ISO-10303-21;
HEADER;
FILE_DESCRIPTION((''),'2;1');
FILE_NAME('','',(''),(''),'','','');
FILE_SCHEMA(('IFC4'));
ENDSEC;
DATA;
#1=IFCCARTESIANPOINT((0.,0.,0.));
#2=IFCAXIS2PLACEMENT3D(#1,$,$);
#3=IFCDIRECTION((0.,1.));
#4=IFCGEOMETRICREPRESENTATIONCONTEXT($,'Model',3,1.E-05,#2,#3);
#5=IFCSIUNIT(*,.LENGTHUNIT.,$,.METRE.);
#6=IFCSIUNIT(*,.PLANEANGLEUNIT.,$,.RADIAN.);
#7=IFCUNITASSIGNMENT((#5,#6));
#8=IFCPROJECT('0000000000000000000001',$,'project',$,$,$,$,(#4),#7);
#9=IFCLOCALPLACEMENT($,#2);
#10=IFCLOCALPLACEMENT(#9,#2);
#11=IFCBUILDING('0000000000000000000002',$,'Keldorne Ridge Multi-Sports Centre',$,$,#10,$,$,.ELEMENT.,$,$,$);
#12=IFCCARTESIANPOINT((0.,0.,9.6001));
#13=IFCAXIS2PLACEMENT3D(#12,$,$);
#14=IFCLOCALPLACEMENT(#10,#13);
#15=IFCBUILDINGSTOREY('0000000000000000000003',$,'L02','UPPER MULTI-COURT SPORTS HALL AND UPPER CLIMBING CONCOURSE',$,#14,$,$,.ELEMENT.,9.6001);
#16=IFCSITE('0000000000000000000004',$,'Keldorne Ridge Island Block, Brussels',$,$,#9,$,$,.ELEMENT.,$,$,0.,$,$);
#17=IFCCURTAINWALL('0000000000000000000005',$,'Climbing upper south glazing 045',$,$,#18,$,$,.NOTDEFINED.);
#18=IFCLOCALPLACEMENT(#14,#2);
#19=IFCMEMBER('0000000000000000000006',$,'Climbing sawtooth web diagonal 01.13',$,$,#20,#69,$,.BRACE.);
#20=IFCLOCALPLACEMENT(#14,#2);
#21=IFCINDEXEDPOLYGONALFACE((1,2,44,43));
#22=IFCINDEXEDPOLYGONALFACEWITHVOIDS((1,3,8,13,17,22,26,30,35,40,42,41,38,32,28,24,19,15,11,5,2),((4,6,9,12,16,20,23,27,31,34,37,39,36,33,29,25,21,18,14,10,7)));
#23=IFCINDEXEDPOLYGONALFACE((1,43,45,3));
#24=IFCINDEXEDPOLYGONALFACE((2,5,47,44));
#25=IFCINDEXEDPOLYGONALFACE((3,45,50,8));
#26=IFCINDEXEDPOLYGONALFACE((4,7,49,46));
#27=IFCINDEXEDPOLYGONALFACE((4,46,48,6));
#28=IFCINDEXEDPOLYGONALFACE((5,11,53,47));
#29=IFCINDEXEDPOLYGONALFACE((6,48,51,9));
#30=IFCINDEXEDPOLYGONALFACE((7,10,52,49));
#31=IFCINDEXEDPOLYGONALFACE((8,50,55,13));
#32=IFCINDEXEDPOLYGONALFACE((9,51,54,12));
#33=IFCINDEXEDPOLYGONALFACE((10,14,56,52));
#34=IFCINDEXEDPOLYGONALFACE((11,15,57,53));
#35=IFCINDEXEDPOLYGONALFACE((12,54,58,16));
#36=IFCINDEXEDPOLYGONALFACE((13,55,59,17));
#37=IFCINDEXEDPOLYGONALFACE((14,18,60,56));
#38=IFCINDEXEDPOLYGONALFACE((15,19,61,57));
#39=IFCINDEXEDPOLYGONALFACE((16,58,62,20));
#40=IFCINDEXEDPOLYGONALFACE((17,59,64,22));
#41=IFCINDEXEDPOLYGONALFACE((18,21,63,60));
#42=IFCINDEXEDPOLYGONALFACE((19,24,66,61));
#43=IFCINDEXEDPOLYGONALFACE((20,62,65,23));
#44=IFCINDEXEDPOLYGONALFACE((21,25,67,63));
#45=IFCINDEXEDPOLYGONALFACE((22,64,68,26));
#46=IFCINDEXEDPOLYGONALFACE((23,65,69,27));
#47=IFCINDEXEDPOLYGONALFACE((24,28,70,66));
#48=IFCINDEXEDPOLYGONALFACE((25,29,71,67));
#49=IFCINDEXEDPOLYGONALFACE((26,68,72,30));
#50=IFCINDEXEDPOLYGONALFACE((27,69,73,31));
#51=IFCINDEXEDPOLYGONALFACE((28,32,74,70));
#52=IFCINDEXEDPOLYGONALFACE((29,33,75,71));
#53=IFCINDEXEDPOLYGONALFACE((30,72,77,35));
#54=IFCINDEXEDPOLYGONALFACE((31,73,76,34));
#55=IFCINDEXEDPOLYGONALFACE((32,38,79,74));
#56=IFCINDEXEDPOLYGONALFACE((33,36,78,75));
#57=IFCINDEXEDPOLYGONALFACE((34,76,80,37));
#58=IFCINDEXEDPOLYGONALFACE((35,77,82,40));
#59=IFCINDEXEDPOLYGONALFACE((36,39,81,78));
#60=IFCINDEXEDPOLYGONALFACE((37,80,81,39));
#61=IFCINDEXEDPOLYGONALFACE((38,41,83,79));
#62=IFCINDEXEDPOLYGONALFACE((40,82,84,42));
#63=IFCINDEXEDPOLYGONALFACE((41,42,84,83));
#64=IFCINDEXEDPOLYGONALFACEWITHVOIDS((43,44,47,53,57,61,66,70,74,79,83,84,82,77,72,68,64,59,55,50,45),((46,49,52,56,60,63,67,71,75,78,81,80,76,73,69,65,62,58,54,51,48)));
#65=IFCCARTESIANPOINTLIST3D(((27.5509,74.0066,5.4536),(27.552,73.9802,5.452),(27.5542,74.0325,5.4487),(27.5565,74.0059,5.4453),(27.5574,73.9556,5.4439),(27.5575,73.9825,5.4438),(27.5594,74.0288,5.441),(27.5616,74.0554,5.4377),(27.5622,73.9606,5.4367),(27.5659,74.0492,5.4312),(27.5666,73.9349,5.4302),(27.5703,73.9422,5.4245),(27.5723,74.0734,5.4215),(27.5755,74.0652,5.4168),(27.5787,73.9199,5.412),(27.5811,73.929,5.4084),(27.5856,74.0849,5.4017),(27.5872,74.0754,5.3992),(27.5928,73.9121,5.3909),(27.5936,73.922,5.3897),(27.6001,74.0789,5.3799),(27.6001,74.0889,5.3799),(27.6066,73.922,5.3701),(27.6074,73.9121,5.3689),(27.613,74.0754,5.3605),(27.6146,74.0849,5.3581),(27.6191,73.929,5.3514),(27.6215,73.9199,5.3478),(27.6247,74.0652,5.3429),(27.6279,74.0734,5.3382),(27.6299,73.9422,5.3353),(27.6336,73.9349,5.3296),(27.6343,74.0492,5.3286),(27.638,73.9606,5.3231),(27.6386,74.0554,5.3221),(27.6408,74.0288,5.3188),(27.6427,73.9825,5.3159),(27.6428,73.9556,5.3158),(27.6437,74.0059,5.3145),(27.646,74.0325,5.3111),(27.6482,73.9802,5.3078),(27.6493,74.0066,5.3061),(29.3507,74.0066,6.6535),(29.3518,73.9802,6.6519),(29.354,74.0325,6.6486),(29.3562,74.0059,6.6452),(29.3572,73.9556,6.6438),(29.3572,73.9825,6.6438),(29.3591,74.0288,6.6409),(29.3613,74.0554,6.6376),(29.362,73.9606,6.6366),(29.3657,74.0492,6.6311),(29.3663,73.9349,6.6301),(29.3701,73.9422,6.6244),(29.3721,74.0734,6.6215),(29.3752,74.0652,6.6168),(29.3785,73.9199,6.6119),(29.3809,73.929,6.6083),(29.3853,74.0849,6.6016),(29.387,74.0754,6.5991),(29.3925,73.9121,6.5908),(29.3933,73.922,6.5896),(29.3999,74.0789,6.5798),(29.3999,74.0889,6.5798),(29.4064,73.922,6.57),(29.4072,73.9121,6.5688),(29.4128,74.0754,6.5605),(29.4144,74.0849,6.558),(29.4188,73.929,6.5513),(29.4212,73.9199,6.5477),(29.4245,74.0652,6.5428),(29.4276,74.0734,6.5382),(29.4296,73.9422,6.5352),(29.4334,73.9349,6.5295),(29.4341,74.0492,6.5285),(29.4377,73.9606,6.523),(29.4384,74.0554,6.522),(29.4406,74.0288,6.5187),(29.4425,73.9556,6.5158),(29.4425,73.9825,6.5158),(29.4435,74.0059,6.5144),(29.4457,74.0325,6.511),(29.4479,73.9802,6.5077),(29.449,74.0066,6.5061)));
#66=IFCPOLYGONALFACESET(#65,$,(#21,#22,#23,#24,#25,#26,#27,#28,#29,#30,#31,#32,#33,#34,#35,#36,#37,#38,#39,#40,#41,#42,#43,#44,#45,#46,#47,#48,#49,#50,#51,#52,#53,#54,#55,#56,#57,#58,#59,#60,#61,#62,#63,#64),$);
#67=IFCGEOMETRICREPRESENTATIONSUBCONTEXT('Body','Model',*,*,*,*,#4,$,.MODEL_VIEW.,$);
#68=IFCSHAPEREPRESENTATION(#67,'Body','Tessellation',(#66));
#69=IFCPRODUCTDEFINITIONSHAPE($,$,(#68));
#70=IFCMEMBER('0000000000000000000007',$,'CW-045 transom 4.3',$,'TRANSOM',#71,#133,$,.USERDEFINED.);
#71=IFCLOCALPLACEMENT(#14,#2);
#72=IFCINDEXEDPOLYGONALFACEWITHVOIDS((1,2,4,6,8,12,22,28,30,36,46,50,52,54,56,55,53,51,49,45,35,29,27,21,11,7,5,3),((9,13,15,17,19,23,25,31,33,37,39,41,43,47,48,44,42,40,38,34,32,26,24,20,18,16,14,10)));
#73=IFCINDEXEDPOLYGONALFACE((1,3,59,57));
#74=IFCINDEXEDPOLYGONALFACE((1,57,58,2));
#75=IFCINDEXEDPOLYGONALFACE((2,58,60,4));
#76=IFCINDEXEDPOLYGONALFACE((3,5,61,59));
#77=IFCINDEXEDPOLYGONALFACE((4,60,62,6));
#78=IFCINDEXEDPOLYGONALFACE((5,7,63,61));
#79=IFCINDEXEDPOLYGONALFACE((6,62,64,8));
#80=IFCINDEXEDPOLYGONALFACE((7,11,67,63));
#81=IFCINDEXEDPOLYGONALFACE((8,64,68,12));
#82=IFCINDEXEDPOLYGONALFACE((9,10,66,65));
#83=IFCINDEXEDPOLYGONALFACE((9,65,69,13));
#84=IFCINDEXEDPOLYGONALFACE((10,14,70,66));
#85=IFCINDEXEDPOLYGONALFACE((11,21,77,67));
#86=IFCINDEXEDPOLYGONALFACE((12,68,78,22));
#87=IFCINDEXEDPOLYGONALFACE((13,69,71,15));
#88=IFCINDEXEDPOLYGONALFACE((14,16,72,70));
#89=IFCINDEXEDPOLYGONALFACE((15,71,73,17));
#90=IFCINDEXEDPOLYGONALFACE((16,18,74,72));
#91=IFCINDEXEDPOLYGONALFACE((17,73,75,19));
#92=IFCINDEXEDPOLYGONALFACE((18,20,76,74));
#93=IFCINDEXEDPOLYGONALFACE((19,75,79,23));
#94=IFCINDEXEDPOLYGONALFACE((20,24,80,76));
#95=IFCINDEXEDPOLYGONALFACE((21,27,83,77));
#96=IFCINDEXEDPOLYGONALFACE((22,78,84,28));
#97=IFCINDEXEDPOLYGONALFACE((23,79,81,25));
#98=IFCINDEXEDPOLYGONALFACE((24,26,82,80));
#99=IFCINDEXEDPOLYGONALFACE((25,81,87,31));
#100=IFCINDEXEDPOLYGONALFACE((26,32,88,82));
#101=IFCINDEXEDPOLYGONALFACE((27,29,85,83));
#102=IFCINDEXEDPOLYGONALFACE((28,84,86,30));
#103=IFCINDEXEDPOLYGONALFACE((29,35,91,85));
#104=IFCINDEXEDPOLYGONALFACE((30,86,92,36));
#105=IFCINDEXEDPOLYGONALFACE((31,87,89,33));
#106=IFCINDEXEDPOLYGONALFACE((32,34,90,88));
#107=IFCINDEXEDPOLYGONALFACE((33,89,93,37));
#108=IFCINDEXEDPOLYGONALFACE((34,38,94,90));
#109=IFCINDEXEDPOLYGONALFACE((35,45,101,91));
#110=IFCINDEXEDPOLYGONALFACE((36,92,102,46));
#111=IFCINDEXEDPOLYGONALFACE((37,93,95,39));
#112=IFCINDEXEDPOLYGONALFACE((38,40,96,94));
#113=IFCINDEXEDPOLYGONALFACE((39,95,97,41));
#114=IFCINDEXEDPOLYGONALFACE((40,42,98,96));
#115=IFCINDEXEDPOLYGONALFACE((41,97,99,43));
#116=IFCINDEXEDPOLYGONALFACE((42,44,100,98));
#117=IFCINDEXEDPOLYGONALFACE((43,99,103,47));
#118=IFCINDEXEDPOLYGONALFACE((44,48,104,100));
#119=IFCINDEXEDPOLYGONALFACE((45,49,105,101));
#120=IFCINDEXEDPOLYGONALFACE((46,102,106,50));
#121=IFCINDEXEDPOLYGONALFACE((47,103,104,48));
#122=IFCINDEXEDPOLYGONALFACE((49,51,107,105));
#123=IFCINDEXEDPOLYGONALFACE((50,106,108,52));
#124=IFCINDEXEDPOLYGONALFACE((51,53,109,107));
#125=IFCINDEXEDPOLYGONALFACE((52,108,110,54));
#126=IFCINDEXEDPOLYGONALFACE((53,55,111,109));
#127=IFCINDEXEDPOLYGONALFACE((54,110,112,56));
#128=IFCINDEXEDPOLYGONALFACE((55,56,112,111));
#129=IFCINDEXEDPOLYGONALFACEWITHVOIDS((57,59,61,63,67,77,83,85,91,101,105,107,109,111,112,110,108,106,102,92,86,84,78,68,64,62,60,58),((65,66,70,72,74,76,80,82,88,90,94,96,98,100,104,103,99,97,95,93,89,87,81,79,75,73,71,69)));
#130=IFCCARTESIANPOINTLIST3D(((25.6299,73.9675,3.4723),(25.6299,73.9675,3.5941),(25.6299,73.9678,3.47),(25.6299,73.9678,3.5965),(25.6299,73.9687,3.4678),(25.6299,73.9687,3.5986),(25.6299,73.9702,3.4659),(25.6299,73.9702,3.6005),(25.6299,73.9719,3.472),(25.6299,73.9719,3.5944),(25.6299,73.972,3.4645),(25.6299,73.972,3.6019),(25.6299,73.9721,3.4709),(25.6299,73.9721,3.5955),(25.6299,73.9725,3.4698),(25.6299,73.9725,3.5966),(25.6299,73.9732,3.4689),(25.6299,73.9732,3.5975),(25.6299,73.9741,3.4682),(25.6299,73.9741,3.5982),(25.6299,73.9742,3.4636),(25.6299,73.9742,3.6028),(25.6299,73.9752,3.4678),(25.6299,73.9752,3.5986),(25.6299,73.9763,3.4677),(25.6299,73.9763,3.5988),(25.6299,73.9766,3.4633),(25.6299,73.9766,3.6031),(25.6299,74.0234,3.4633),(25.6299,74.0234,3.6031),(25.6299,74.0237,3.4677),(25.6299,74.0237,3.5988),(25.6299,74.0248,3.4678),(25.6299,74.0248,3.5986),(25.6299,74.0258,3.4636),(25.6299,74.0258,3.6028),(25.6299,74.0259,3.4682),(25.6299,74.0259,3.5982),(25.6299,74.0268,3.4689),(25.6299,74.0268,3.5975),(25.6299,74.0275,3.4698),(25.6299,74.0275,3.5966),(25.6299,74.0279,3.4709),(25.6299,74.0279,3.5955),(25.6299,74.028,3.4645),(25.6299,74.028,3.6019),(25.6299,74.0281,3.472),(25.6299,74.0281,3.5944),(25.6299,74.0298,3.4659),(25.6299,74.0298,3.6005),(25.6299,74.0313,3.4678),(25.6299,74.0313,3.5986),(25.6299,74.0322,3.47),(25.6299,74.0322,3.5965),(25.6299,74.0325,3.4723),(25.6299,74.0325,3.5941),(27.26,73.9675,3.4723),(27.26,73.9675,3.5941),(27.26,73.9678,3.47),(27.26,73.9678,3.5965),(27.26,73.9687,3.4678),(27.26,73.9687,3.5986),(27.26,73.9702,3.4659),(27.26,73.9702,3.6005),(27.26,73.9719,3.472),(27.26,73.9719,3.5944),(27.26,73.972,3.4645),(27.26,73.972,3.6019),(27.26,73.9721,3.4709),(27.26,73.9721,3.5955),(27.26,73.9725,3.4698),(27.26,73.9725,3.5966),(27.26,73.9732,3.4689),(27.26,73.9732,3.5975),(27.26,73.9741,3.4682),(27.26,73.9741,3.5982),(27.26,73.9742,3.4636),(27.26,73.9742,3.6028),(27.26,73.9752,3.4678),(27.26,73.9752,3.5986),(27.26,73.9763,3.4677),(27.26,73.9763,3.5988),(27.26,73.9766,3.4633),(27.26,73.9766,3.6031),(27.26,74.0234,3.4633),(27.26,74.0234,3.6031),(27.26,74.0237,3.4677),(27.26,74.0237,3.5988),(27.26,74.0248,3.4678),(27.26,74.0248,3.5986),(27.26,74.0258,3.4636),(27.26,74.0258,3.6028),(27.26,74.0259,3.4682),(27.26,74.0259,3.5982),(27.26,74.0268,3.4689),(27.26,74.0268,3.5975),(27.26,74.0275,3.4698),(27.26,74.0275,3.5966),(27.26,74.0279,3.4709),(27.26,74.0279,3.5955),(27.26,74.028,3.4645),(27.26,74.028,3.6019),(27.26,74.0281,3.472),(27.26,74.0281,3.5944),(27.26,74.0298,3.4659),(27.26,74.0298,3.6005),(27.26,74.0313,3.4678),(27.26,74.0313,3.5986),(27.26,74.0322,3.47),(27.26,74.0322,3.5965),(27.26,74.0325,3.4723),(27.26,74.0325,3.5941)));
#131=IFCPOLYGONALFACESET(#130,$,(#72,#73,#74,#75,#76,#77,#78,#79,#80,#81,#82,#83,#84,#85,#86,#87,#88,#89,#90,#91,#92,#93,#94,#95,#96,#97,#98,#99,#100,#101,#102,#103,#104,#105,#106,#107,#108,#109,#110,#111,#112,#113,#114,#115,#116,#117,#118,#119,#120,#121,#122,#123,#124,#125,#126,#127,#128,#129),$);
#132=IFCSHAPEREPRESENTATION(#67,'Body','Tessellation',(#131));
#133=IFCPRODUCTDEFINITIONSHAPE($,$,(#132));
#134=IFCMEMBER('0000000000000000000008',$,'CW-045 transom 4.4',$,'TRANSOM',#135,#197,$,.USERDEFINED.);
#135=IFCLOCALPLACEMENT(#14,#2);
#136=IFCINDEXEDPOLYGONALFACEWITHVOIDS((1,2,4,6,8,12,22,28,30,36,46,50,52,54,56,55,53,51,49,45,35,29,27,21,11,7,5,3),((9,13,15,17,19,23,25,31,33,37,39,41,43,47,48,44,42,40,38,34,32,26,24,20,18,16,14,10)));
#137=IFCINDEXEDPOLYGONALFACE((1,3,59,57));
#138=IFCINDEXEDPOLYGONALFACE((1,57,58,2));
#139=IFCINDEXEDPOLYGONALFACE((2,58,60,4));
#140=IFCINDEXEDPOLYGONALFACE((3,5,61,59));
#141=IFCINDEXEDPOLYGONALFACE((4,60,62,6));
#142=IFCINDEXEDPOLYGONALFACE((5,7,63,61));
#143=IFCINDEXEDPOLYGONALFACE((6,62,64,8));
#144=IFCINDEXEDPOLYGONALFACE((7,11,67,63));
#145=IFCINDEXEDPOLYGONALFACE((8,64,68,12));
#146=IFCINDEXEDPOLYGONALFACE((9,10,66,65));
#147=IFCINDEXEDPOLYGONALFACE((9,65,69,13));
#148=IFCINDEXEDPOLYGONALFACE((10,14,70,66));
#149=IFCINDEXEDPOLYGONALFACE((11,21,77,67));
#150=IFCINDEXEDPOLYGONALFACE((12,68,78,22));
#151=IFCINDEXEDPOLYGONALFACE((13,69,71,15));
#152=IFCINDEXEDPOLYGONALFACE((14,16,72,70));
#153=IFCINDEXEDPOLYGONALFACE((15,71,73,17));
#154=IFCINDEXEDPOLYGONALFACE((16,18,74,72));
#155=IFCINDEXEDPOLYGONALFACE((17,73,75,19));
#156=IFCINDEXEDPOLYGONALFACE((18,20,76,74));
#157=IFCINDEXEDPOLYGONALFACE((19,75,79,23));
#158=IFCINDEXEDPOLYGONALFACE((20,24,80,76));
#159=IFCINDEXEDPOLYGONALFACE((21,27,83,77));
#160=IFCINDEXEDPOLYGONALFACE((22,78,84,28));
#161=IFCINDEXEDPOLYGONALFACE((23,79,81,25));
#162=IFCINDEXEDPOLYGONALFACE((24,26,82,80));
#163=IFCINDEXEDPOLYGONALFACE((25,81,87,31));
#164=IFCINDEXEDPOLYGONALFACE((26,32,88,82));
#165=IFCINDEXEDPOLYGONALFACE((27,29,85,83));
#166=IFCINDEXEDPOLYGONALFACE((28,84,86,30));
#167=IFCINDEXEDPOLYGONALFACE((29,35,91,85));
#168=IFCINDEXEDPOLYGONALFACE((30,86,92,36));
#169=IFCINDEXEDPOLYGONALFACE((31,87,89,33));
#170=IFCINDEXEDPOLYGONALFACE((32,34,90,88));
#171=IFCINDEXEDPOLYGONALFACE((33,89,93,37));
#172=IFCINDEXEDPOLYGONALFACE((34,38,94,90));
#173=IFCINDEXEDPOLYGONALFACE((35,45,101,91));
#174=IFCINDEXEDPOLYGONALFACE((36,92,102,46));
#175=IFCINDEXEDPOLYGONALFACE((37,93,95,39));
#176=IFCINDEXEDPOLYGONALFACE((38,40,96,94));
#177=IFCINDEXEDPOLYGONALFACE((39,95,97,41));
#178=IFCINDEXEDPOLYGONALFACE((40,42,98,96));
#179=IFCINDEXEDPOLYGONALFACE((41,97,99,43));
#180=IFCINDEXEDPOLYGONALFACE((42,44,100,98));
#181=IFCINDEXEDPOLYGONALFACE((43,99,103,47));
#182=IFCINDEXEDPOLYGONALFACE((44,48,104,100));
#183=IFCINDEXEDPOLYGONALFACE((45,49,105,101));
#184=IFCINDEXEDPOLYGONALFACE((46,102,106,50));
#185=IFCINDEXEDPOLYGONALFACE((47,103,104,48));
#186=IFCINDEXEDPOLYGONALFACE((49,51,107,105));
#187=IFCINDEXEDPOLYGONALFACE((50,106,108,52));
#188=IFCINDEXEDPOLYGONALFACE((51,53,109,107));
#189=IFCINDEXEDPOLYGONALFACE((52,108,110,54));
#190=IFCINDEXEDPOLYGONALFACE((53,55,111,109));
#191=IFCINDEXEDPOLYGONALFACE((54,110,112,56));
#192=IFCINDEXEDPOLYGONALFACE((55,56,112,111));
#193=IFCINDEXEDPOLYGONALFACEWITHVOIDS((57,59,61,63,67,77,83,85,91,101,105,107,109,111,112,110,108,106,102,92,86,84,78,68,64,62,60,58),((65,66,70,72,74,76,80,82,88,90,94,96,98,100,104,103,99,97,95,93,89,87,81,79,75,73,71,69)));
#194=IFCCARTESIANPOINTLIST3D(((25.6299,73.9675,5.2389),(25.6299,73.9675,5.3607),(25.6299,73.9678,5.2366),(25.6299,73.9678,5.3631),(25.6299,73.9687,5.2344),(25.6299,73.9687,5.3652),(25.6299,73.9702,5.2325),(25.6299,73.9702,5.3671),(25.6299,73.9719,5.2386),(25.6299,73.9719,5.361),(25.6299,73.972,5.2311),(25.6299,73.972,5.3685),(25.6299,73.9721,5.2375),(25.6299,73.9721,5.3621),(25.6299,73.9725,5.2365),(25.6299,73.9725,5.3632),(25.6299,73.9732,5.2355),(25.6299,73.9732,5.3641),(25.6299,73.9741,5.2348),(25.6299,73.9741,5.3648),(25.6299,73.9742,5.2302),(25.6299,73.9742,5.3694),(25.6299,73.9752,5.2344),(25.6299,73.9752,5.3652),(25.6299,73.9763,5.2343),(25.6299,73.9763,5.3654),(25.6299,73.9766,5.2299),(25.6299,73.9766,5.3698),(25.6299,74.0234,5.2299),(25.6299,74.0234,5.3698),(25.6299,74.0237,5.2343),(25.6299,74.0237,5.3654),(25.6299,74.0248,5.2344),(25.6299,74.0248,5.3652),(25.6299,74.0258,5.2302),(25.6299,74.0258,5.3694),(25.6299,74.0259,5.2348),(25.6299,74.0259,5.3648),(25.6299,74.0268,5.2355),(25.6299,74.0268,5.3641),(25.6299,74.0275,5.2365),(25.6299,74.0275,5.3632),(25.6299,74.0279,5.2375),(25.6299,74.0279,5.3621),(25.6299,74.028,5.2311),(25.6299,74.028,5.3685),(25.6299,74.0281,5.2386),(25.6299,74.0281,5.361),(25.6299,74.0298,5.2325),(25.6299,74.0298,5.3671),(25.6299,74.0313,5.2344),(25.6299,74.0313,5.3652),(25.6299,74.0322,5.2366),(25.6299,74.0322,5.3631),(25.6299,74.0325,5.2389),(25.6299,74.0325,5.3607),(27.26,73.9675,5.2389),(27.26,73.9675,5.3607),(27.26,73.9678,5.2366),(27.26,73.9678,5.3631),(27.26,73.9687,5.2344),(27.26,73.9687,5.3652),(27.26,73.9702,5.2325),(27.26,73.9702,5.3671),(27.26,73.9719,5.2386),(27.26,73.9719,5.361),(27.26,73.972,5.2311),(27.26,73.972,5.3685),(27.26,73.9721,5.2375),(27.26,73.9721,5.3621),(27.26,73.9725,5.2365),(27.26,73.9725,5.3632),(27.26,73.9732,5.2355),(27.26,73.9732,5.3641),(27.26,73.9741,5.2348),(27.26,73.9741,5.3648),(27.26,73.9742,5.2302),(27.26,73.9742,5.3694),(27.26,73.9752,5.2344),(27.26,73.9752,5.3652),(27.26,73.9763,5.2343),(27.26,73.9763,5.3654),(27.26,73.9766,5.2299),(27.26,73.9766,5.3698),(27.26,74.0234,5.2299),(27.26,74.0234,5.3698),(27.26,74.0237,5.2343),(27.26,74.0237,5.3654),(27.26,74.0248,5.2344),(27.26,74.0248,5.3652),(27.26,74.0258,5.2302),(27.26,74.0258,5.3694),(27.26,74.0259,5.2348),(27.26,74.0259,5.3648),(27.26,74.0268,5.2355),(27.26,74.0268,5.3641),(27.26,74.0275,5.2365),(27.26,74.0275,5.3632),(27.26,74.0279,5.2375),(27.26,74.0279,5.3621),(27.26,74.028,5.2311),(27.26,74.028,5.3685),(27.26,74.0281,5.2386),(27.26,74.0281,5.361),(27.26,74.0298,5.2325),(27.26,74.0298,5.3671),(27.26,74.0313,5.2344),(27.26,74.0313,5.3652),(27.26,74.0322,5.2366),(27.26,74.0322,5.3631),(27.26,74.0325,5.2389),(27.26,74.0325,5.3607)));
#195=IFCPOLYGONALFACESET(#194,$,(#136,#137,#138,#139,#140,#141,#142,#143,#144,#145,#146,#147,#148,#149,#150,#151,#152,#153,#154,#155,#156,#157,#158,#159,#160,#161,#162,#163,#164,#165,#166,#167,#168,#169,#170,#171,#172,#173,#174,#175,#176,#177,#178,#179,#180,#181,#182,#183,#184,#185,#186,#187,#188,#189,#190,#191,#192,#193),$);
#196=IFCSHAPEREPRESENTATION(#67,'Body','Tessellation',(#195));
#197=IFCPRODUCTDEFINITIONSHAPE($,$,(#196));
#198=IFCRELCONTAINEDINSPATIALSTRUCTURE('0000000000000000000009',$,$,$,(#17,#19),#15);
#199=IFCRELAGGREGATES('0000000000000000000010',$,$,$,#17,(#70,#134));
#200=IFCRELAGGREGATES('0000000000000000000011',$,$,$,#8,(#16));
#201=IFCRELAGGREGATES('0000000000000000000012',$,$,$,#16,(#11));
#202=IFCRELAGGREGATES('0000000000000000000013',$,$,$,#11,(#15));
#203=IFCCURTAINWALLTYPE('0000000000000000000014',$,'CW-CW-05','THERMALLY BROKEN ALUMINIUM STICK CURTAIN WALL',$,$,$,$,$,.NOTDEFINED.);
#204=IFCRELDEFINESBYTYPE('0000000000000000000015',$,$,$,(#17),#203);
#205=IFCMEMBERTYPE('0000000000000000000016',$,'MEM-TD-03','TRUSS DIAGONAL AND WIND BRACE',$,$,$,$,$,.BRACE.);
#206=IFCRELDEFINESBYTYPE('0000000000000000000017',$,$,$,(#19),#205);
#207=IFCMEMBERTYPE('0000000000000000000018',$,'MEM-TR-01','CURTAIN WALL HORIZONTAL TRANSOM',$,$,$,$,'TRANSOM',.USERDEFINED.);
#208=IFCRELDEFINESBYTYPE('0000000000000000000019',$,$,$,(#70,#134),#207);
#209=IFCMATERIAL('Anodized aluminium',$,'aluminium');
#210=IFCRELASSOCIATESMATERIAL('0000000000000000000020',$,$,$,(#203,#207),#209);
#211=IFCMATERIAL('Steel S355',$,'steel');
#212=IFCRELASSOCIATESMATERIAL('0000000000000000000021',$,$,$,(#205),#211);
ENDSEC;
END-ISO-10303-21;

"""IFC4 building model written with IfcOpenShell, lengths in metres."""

from ifc_helpers import new_model, si_unit, direction, frame, origin, origin_2d, place, context, subcontext, project, spatial, hollow_rectangle, hollow_circle, extrude, material, material_profile, profile_set, type_object, element, aggregate, save


model = new_model("IFC4")

# Units and contexts
model_context = context("Model", 3, precision=1e-05, world=origin(), true_north=direction((0.0, 1.0)))
body_context = subcontext(model_context, "Body", "Model", "MODEL_VIEW")
ifc_project = project(units=[si_unit("LENGTHUNIT", "METRE"), si_unit("PLANEANGLEUNIT", "RADIAN")], contexts=[model_context])

# Site, building, storey
site_placement = place(None, origin())
site = spatial("IfcSite", under=ifc_project, at=site_placement, Name="Keldorne Ridge Island Block, Brussels", CompositionType="ELEMENT", RefElevation=0.0)
building_placement = place(site_placement, origin())
building = spatial("IfcBuilding", under=site, at=building_placement, Name="Keldorne Ridge Multi-Sports Centre", CompositionType="ELEMENT")
storey_placement = place(building_placement, frame((0.0, 0.0, 9.6001)))
storey = spatial("IfcBuildingStorey", under=building, at=storey_placement, Name="L02", Description="UPPER MULTI-COURT SPORTS HALL AND UPPER CLIMBING CONCOURSE", CompositionType="ELEMENT", Elevation=9.6001)

# Shared definitions
ifc_material_1 = material(Name="Steel S355", Category="steel")

# Curtain wall
ifc_material_2 = material(Name="Anodized aluminium", Category="aluminium")
curtain_wall_type_1 = type_object("IfcCurtainWallType", Name="CW-CW-05", Description="THERMALLY BROKEN ALUMINIUM STICK CURTAIN WALL", PredefinedType="NOTDEFINED", material=ifc_material_2)
curtain_wall_1_placement = place(storey_placement, origin())
curtain_wall_1 = element("IfcCurtainWall", 1, at=curtain_wall_1_placement, inside=storey, type_object=curtain_wall_type_1, Name="Climbing upper south glazing 045", PredefinedType="NOTDEFINED")

# Member
ifc_material_profile_1 = material_profile(ifc_material_1, hollow_circle(Radius=0.0889, WallThickness=0.01, at=origin_2d()), Name="CHS 177.8x10")
ifc_profile_set_1 = profile_set([ifc_material_profile_1], Name="Steel S355")
member_type_1 = type_object("IfcMemberType", Name="MEM-TD-03", Description="TRUSS DIAGONAL AND WIND BRACE", PredefinedType="BRACE", material=ifc_profile_set_1)
member_1_placement = place(storey_placement, frame((27.6001, 74.0, 5.3799), z_axis=(0.832033, 0.0, 0.554726), x_axis=(0.0, 1.0, 0.0)))
element("IfcMember", 2, at=member_1_placement, inside=storey, type_object=member_type_1, Name="Climbing sawtooth web diagonal 01.13", PredefinedType="BRACE", context=body_context, shape_type="SweptSolid", body=[
    extrude(hollow_circle(Radius=0.0889, WallThickness=0.01, at=origin_2d()), origin(), (0.0, 0.0, 1.0), 2.1631),
])

# Members
ifc_material_profile_2 = material_profile(ifc_material_2, hollow_rectangle(XDim=0.0649, YDim=0.1399, WallThickness=0.0044, InnerFilletRadius=0.0044, OuterFilletRadius=0.009, at=origin_2d()), Name="ALU TRANSOM 140x65x4.5")
ifc_profile_set_2 = profile_set([ifc_material_profile_2], Name="Anodized aluminium")
member_type_2 = type_object("IfcMemberType", Name="MEM-TR-01", Description="CURTAIN WALL HORIZONTAL TRANSOM", ElementType="TRANSOM", PredefinedType="USERDEFINED", material=ifc_profile_set_2)
member_2_placement = place(storey_placement, frame((25.6299, 74.0, 3.5332), z_axis=(1.0, 0.0, 0.0), x_axis=(0.0, 1.0, 0.0)))
member_2 = element("IfcMember", 3, at=member_2_placement, type_object=member_type_2, Name="CW-045 transom 4.3", ObjectType="TRANSOM", PredefinedType="USERDEFINED", context=body_context, shape_type="SweptSolid", body=[
    extrude(hollow_rectangle(XDim=0.0649, YDim=0.1399, WallThickness=0.0044, InnerFilletRadius=0.0044, OuterFilletRadius=0.009, at=origin_2d()), origin(), (0.0, 0.0, 1.0), 1.6301),
])
member_3_placement = place(storey_placement, frame((25.6299, 74.0, 5.2998), z_axis=(1.0, 0.0, 0.0), x_axis=(0.0, 1.0, 0.0)))
member_3 = element("IfcMember", 4, at=member_3_placement, type_object=member_type_2, Name="CW-045 transom 4.4", ObjectType="TRANSOM", PredefinedType="USERDEFINED", context=body_context, shape_type="SweptSolid", body=[
    extrude(hollow_rectangle(XDim=0.0649, YDim=0.1399, WallThickness=0.0044, InnerFilletRadius=0.0044, OuterFilletRadius=0.009, at=origin_2d()), origin(), (0.0, 0.0, 1.0), 1.6301),
])

aggregate(curtain_wall_1, [member_2, member_3])

save(model, "model.ifc")
